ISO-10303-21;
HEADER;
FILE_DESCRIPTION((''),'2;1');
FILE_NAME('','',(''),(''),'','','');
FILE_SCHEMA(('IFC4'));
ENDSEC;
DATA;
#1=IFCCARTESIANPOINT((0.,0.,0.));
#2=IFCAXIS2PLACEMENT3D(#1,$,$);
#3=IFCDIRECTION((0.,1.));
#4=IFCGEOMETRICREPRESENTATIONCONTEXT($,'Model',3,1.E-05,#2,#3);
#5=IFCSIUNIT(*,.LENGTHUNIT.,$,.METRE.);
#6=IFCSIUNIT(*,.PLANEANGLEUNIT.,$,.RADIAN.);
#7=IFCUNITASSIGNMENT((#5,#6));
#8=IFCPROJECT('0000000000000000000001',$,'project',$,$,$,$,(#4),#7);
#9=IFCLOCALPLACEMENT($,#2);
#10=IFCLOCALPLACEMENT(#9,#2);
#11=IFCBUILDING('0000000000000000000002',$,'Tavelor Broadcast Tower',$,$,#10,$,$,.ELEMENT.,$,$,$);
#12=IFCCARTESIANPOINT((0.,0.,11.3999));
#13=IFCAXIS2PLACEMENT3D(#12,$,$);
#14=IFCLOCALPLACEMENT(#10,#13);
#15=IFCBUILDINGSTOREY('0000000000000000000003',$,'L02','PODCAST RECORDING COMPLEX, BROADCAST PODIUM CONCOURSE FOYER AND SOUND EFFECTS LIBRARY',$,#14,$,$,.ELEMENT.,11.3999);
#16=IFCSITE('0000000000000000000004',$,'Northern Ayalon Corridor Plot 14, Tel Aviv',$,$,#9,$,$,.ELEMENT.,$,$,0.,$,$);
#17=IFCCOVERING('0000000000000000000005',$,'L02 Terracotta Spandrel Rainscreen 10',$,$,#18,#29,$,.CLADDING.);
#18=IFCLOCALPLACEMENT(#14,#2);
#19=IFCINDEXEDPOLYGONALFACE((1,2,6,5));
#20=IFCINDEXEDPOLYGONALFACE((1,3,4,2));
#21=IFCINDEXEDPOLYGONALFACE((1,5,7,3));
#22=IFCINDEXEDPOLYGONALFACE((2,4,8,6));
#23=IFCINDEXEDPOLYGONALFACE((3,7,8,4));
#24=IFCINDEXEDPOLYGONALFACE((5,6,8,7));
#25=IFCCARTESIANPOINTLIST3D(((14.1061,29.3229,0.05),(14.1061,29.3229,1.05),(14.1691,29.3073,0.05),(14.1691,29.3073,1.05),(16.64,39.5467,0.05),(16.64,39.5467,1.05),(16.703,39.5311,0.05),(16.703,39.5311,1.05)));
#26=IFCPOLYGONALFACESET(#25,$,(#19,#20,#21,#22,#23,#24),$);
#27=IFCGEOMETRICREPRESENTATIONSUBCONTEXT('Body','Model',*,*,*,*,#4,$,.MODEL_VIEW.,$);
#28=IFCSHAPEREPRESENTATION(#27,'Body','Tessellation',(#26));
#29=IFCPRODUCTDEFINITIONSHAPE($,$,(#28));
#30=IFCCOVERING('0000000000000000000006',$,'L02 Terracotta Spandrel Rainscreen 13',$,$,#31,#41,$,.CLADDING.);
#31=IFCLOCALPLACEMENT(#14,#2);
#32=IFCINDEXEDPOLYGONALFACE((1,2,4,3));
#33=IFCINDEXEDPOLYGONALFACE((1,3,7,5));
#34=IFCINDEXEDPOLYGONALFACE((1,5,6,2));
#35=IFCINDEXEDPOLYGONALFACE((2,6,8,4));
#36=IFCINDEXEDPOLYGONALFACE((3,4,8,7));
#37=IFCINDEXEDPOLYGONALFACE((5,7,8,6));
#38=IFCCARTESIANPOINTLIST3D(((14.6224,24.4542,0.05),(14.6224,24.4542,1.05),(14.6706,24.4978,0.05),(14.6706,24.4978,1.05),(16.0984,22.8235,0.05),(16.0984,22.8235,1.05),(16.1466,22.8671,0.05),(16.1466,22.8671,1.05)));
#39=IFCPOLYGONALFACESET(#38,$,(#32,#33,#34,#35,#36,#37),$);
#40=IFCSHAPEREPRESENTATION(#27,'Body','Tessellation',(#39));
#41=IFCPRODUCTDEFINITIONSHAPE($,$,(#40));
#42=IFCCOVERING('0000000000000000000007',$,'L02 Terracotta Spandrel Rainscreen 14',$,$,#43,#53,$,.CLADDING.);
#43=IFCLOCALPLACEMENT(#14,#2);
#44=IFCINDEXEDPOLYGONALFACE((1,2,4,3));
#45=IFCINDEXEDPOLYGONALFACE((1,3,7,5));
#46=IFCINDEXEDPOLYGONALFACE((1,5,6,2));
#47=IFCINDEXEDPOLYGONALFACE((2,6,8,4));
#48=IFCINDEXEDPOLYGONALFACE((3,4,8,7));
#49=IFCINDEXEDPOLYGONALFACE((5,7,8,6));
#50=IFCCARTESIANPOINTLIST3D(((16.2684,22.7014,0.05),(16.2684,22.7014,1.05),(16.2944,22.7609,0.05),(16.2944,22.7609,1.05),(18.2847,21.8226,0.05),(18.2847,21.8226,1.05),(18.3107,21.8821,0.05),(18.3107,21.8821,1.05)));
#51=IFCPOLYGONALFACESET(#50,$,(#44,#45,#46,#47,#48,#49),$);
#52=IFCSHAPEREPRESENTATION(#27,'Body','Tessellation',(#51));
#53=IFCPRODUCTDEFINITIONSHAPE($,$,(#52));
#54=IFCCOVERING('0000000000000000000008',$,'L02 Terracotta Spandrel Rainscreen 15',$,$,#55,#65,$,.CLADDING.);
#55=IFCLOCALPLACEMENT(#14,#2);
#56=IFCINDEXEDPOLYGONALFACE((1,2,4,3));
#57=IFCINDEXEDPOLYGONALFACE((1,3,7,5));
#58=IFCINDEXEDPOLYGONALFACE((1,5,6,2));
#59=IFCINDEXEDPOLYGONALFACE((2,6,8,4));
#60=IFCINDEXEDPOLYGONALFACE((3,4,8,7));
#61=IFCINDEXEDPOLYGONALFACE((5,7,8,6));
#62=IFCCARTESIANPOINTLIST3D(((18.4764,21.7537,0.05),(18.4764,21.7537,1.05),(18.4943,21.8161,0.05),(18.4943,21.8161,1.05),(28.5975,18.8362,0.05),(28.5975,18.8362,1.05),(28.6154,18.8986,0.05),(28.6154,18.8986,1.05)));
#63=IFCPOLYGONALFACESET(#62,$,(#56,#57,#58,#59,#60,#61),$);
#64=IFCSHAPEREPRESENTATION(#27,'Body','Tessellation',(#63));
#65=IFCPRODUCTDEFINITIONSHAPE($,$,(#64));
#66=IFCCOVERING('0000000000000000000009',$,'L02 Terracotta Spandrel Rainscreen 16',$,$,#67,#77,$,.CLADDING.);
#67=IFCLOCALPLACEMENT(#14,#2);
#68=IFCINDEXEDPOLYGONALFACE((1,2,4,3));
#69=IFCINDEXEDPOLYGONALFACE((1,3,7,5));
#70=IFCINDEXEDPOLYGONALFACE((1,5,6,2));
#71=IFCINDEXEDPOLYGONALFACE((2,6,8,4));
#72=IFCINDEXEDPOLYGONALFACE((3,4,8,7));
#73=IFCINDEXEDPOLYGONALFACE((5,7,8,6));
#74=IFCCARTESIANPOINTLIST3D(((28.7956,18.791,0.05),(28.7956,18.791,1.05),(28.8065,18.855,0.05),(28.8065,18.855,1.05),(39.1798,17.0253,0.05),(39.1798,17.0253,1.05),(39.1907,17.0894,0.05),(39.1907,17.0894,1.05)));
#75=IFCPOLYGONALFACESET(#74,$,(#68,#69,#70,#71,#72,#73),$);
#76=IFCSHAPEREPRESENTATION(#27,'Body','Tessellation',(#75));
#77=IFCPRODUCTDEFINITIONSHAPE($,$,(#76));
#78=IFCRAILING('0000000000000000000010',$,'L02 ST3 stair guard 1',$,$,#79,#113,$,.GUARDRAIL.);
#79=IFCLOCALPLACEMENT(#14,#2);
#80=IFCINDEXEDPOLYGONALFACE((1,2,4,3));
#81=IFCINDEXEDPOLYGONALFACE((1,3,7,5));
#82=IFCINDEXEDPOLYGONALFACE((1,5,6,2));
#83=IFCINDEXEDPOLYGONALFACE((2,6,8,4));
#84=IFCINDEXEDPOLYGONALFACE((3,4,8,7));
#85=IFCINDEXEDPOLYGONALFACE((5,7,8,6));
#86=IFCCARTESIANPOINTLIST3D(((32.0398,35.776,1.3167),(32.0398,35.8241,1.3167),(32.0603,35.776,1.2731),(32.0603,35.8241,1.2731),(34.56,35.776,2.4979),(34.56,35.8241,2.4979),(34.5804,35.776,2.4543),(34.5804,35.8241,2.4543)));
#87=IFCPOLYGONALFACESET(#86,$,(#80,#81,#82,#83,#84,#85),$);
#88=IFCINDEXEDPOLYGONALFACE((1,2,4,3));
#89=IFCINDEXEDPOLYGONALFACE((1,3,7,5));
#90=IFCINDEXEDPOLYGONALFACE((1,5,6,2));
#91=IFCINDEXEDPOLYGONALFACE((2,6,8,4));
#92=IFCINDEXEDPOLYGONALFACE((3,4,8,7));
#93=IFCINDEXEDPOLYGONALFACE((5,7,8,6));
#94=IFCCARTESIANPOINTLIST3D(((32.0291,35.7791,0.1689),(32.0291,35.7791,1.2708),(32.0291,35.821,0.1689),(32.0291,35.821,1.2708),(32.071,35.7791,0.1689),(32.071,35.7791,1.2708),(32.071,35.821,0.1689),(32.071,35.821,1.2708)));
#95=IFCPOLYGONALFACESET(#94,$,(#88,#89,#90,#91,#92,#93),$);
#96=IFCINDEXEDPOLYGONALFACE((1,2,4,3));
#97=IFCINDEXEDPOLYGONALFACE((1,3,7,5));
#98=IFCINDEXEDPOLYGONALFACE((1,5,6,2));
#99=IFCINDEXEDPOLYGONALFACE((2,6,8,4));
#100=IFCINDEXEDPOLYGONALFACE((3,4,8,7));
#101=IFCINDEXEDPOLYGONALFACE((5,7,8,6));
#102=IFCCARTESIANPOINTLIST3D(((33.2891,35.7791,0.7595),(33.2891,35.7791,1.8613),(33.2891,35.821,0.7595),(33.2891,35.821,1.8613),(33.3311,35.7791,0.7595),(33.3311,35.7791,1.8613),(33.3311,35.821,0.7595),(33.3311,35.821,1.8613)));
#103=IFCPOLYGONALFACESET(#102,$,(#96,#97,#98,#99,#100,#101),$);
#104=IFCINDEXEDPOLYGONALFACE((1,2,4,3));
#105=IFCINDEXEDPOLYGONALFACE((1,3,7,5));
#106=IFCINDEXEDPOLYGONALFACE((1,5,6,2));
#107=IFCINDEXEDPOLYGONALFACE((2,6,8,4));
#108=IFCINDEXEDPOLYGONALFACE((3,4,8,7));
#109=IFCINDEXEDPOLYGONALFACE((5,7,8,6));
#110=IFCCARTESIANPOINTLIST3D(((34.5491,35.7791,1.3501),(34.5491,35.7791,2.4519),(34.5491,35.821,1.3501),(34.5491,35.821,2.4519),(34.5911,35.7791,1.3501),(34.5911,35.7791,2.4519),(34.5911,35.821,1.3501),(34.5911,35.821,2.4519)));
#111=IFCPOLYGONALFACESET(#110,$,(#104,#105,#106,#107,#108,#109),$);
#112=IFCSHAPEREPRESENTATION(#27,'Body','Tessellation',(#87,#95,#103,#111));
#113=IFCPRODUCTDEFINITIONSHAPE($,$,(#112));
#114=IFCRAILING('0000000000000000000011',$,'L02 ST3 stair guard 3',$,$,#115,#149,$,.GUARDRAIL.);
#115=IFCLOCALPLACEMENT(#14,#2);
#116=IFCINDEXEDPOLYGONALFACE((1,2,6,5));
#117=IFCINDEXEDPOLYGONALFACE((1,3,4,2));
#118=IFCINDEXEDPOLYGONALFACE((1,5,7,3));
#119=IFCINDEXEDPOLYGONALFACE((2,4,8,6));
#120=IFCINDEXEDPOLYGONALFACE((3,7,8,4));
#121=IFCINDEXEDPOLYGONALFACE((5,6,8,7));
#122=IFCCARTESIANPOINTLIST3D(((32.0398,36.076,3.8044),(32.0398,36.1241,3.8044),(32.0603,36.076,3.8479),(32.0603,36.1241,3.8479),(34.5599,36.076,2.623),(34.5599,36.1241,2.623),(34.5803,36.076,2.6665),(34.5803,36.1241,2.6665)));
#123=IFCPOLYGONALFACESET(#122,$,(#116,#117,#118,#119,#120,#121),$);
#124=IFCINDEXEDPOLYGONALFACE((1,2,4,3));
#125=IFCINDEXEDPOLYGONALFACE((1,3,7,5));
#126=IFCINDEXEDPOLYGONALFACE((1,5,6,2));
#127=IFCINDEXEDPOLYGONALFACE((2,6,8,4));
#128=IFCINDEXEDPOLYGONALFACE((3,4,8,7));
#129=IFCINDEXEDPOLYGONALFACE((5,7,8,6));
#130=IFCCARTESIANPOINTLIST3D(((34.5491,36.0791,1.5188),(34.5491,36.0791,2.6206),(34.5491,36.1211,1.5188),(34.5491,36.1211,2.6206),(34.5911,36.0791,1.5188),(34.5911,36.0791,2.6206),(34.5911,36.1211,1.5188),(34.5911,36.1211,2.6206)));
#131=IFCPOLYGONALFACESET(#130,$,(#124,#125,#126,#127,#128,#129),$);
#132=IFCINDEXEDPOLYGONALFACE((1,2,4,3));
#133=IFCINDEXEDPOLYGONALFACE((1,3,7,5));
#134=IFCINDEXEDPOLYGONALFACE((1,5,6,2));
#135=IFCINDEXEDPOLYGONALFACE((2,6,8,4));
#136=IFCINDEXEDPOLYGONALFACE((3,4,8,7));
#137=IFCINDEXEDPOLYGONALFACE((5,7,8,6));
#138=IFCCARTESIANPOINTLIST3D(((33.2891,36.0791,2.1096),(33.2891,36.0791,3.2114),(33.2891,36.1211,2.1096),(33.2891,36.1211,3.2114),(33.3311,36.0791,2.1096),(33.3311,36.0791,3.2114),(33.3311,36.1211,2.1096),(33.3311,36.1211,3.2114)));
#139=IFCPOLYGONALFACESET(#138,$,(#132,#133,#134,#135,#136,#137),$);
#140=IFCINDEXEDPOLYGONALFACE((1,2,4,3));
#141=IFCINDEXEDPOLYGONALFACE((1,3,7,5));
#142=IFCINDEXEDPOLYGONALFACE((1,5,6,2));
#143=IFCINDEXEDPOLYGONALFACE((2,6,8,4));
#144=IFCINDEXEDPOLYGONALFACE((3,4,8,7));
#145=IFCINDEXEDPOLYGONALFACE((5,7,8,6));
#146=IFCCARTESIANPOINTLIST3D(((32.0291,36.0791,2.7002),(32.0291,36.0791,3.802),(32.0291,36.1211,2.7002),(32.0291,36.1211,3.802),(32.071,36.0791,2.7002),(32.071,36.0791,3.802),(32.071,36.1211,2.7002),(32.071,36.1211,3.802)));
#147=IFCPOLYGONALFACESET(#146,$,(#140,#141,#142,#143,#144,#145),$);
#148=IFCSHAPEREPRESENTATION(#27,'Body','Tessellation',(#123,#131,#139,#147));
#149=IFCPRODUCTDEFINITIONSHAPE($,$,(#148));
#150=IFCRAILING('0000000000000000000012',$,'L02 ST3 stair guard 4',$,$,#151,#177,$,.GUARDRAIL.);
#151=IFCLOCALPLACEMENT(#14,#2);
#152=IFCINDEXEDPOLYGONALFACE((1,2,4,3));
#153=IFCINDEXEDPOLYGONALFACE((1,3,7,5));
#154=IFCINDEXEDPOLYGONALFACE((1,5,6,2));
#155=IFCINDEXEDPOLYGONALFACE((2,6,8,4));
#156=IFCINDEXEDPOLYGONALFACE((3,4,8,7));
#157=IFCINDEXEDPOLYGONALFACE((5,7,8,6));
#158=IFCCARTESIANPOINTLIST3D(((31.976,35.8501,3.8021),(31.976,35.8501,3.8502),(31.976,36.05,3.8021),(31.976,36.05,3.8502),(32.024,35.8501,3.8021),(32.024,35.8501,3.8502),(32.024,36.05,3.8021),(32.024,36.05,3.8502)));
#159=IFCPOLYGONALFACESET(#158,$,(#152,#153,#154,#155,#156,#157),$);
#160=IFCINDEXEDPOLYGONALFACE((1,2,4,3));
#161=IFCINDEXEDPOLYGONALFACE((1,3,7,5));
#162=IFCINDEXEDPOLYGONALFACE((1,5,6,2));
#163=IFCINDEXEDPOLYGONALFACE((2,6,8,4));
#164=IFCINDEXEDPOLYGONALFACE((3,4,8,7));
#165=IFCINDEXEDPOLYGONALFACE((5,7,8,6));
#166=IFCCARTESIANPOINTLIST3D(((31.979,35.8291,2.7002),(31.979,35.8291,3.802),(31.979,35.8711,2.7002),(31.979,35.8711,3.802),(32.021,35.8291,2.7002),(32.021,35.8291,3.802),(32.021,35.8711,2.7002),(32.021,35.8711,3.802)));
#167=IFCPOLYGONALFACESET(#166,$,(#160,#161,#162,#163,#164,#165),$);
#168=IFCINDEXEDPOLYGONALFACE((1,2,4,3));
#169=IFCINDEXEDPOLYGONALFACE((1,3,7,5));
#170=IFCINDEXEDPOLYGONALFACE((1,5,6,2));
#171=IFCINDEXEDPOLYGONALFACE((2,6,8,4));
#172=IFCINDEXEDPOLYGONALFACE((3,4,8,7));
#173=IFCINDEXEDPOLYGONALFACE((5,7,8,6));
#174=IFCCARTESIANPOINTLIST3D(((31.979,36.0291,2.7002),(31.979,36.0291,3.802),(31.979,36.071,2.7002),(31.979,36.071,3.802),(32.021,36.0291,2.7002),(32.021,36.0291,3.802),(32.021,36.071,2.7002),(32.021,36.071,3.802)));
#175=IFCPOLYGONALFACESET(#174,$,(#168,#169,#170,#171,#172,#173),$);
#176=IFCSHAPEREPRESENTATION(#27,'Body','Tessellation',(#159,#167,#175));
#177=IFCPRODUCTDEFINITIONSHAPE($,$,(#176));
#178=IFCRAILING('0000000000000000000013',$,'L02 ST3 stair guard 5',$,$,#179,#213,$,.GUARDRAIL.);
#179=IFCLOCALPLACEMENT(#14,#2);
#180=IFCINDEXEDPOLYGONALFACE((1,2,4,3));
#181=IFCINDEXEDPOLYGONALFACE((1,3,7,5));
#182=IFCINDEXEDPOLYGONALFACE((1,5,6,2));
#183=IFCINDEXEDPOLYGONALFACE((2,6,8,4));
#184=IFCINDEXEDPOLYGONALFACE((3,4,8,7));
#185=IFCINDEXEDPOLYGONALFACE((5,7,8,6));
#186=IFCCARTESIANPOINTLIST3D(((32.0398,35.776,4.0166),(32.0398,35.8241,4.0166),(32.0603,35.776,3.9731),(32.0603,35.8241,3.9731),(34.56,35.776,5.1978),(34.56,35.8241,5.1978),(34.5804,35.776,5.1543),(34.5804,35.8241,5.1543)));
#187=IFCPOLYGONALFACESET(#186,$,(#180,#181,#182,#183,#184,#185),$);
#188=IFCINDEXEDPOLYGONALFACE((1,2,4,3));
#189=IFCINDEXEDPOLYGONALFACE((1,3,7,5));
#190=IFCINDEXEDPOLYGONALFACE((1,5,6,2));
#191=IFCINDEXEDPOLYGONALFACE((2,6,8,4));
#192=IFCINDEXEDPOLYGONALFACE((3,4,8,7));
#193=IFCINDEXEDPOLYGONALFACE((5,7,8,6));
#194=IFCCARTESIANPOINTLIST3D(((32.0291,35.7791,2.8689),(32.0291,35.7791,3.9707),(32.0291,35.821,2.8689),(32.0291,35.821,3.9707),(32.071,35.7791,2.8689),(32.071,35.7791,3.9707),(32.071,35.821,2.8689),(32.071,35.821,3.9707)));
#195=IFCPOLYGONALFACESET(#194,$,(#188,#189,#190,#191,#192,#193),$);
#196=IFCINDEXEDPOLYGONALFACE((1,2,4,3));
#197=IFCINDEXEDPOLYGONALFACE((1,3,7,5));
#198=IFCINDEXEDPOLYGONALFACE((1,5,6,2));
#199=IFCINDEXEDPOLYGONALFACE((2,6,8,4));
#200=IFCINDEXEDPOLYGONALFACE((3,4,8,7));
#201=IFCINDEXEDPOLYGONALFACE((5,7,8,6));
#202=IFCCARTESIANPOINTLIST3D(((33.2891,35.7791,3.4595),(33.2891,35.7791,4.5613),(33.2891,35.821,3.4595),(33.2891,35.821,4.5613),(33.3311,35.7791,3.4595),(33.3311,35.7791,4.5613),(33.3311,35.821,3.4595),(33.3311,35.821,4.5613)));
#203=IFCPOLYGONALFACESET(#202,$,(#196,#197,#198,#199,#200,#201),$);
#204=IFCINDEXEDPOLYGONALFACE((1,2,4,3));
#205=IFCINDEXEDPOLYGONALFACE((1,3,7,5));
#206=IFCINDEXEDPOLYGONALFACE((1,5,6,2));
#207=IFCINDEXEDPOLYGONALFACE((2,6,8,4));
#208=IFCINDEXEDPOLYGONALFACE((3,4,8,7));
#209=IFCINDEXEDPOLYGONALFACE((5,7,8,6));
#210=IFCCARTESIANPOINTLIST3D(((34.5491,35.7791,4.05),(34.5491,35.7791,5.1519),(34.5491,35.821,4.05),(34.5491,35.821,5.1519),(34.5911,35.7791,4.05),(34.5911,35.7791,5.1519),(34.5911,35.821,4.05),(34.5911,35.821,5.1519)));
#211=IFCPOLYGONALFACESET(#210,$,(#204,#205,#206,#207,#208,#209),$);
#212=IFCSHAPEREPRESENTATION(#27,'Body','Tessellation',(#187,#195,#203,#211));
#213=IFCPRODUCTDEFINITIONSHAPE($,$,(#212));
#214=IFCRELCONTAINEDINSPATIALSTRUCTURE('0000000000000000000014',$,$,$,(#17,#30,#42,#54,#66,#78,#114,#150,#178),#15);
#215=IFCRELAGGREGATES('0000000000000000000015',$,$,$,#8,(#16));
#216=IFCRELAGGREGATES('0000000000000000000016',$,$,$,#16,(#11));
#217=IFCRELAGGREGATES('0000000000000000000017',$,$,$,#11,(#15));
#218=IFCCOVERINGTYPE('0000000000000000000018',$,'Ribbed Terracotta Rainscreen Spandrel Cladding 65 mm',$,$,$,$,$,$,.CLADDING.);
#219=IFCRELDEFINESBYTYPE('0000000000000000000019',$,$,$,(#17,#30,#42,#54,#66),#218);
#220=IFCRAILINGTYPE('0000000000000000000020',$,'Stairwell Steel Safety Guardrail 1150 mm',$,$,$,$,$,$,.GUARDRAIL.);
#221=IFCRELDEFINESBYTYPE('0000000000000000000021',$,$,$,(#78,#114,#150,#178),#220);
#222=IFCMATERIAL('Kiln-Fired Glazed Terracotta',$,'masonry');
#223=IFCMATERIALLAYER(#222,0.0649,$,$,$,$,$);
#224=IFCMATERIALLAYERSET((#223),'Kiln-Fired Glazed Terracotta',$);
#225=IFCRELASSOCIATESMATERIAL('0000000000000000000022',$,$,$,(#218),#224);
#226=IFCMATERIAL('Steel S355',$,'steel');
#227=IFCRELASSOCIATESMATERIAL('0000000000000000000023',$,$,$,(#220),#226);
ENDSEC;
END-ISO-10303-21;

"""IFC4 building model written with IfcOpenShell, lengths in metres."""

from ifc_helpers import new_model, si_unit, direction, frame, origin, origin_2d, place, context, subcontext, project, spatial, rectangle, extrude, material, layer, layer_set, type_object, element, save


model = new_model("IFC4")

# Units and contexts
model_context = context("Model", 3, precision=1e-05, world=origin(), true_north=direction((0.0, 1.0)))
body_context = subcontext(model_context, "Body", "Model", "MODEL_VIEW")
ifc_project = project(units=[si_unit("LENGTHUNIT", "METRE"), si_unit("PLANEANGLEUNIT", "RADIAN")], contexts=[model_context])

# Site, building, storey
site_placement = place(None, origin())
site = spatial("IfcSite", under=ifc_project, at=site_placement, Name="Northern Ayalon Corridor Plot 14, Tel Aviv", CompositionType="ELEMENT", RefElevation=0.0)
building_placement = place(site_placement, origin())
building = spatial("IfcBuilding", under=site, at=building_placement, Name="Tavelor Broadcast Tower", CompositionType="ELEMENT")
storey_placement = place(building_placement, frame((0.0, 0.0, 11.3999)))
storey = spatial("IfcBuildingStorey", under=building, at=storey_placement, Name="L02", Description="PODCAST RECORDING COMPLEX, BROADCAST PODIUM CONCOURSE FOYER AND SOUND EFFECTS LIBRARY", CompositionType="ELEMENT", Elevation=11.3999)

# Shared definitions
ifc_material_1 = material(Name="Steel S355", Category="steel")

# Coverings
ifc_material_2 = material(Name="Kiln-Fired Glazed Terracotta", Category="masonry")
ifc_layer_1 = layer(ifc_material_2, 0.0649)
ifc_layer_set_1 = layer_set([ifc_layer_1], Name="Kiln-Fired Glazed Terracotta")
covering_type = type_object("IfcCoveringType", Name="Ribbed Terracotta Rainscreen Spandrel Cladding 65 mm", PredefinedType="CLADDING", material=ifc_layer_set_1)
covering_placement = place(storey_placement, frame((15.4045, 34.427, 0.05), z_axis=(0.0, 0.0, 1.0), x_axis=(-0.240567, -0.970633, 0.0)))
element("IfcCovering", 1, at=covering_placement, inside=storey, type_object=covering_type, Name="L02 Terracotta Spandrel Rainscreen 10", PredefinedType="CLADDING", context=body_context, shape_type="SweptSolid", body=[
    extrude(rectangle(XDim=10.5332, YDim=0.0649, at=origin_2d()), origin(), (0.0, 0.0, 1.0), 1.0),
])
for number, where, z_axis, x_axis, name in (
    (2, (15.3845, 23.6606, 0.05), (0.0, 0.0, 1.0), (0.671074, -0.741391, 0.0), "L02 Terracotta Spandrel Rainscreen 13"),
    (3, (17.2896, 22.2917, 0.05), (0.0, 0.0, 1.0), (0.916712, -0.399549, 0.0), "L02 Terracotta Spandrel Rainscreen 14"),
):
    element("IfcCovering", number, at=place(storey_placement, frame(where, z_axis=z_axis, x_axis=x_axis)), inside=storey, type_object=covering_type, Name=name, PredefinedType="CLADDING", context=body_context, shape_type="SweptSolid", body=[
        extrude(rectangle(XDim=2.1995, YDim=0.0649, at=origin_2d()), origin(), (0.0, 0.0, 1.0), 1.0),
    ])
for number, where, z_axis, x_axis, name in (
    (4, (23.5459, 20.3262, 0.05), (0.0, 0.0, 1.0), (0.960876, -0.276979, 0.0), "L02 Terracotta Spandrel Rainscreen 15"),
    (5, (33.9932, 17.9402, 0.05), (0.0, 0.0, 1.0), (0.98585, -0.167629, 0.0), "L02 Terracotta Spandrel Rainscreen 16"),
):
    element("IfcCovering", number, at=place(storey_placement, frame(where, z_axis=z_axis, x_axis=x_axis)), inside=storey, type_object=covering_type, Name=name, PredefinedType="CLADDING", context=body_context, shape_type="SweptSolid", body=[
        extrude(rectangle(XDim=10.5332, YDim=0.0649, at=origin_2d()), origin(), (0.0, 0.0, 1.0), 1.0),
    ])

# Railings
railing_type_1 = type_object("IfcRailingType", Name="Stairwell Steel Safety Guardrail 1150 mm", PredefinedType="GUARDRAIL", material=ifc_material_1)
railing_1_placement = place(storey_placement, frame((32.05, 35.8, 0.1689)))
element("IfcRailing", 6, at=railing_1_placement, inside=storey, type_object=railing_type_1, Name="L02 ST3 stair guard 1", PredefinedType="GUARDRAIL", context=body_context, shape_type="SweptSolid", body=[
    extrude(rectangle(XDim=0.0481, YDim=0.0481, at=origin_2d()), frame((0.0, 0.0, 1.126), z_axis=(0.905474, 0.0, 0.424402), x_axis=(0.0, 1.0, 0.0)), (0.0, 0.0, 1.0), 2.7832),
    extrude(rectangle(XDim=0.042, YDim=0.042, at=origin_2d()), origin(), (0.0, 0.0, 1.0), 1.1018),
    extrude(rectangle(XDim=0.042, YDim=0.042, at=origin_2d()), frame((1.26, 0.0, 0.5906)), (0.0, 0.0, 1.0), 1.1018),
    extrude(rectangle(XDim=0.042, YDim=0.042, at=origin_2d()), frame((2.52, 0.0, 1.1812)), (0.0, 0.0, 1.0), 1.1018),
])
railing_2_placement = place(storey_placement, frame((34.5701, 36.1001, 1.5188)))
element("IfcRailing", 7, at=railing_2_placement, inside=storey, type_object=railing_type_1, Name="L02 ST3 stair guard 3", PredefinedType="GUARDRAIL", context=body_context, shape_type="SweptSolid", body=[
    extrude(rectangle(XDim=0.0481, YDim=0.0481, at=origin_2d()), frame((0.0, 0.0, 1.126), z_axis=(-0.90544, 0.0, 0.424474), x_axis=(0.0, -1.0, 0.0)), (0.0, 0.0, 1.0), 2.7832),
    extrude(rectangle(XDim=0.042, YDim=0.042, at=origin_2d()), origin(), (0.0, 0.0, 1.0), 1.1018),
    extrude(rectangle(XDim=0.042, YDim=0.042, at=origin_2d()), frame((-1.26, 0.0, 0.5908)), (0.0, 0.0, 1.0), 1.1018),
    extrude(rectangle(XDim=0.042, YDim=0.042, at=origin_2d()), frame((-2.52, 0.0, 1.1814)), (0.0, 0.0, 1.0), 1.1018),
])
railing_3_placement = place(storey_placement, frame((32.0, 35.8501, 2.7002)))
element("IfcRailing", 8, at=railing_3_placement, inside=storey, type_object=railing_type_1, Name="L02 ST3 stair guard 4", PredefinedType="GUARDRAIL", context=body_context, shape_type="SweptSolid", body=[
    extrude(rectangle(XDim=0.0481, YDim=0.0481, at=origin_2d()), frame((0.0, 0.0, 1.126), z_axis=(0.0, 1.0, 0.0), x_axis=(-1.0, 0.0, 0.0)), (0.0, 0.0, 1.0), 0.2),
    extrude(rectangle(XDim=0.042, YDim=0.042, at=origin_2d()), origin(), (0.0, 0.0, 1.0), 1.1018),
    extrude(rectangle(XDim=0.042, YDim=0.042, at=origin_2d()), frame((0.0, 0.2, 0.0)), (0.0, 0.0, 1.0), 1.1018),
])
railing_4_placement = place(storey_placement, frame((32.05, 35.8, 2.8689)))
element("IfcRailing", 9, at=railing_4_placement, inside=storey, type_object=railing_type_1, Name="L02 ST3 stair guard 5", PredefinedType="GUARDRAIL", context=body_context, shape_type="SweptSolid", body=[
    extrude(rectangle(XDim=0.0481, YDim=0.0481, at=origin_2d()), frame((0.0, 0.0, 1.126), z_axis=(0.905474, 0.0, 0.424402), x_axis=(0.0, 1.0, 0.0)), (0.0, 0.0, 1.0), 2.7832),
    extrude(rectangle(XDim=0.042, YDim=0.042, at=origin_2d()), origin(), (0.0, 0.0, 1.0), 1.1018),
    extrude(rectangle(XDim=0.042, YDim=0.042, at=origin_2d()), frame((1.26, 0.0, 0.5906)), (0.0, 0.0, 1.0), 1.1018),
    extrude(rectangle(XDim=0.042, YDim=0.042, at=origin_2d()), frame((2.52, 0.0, 1.1812)), (0.0, 0.0, 1.0), 1.1018),
])

save(model, "model.ifc")
